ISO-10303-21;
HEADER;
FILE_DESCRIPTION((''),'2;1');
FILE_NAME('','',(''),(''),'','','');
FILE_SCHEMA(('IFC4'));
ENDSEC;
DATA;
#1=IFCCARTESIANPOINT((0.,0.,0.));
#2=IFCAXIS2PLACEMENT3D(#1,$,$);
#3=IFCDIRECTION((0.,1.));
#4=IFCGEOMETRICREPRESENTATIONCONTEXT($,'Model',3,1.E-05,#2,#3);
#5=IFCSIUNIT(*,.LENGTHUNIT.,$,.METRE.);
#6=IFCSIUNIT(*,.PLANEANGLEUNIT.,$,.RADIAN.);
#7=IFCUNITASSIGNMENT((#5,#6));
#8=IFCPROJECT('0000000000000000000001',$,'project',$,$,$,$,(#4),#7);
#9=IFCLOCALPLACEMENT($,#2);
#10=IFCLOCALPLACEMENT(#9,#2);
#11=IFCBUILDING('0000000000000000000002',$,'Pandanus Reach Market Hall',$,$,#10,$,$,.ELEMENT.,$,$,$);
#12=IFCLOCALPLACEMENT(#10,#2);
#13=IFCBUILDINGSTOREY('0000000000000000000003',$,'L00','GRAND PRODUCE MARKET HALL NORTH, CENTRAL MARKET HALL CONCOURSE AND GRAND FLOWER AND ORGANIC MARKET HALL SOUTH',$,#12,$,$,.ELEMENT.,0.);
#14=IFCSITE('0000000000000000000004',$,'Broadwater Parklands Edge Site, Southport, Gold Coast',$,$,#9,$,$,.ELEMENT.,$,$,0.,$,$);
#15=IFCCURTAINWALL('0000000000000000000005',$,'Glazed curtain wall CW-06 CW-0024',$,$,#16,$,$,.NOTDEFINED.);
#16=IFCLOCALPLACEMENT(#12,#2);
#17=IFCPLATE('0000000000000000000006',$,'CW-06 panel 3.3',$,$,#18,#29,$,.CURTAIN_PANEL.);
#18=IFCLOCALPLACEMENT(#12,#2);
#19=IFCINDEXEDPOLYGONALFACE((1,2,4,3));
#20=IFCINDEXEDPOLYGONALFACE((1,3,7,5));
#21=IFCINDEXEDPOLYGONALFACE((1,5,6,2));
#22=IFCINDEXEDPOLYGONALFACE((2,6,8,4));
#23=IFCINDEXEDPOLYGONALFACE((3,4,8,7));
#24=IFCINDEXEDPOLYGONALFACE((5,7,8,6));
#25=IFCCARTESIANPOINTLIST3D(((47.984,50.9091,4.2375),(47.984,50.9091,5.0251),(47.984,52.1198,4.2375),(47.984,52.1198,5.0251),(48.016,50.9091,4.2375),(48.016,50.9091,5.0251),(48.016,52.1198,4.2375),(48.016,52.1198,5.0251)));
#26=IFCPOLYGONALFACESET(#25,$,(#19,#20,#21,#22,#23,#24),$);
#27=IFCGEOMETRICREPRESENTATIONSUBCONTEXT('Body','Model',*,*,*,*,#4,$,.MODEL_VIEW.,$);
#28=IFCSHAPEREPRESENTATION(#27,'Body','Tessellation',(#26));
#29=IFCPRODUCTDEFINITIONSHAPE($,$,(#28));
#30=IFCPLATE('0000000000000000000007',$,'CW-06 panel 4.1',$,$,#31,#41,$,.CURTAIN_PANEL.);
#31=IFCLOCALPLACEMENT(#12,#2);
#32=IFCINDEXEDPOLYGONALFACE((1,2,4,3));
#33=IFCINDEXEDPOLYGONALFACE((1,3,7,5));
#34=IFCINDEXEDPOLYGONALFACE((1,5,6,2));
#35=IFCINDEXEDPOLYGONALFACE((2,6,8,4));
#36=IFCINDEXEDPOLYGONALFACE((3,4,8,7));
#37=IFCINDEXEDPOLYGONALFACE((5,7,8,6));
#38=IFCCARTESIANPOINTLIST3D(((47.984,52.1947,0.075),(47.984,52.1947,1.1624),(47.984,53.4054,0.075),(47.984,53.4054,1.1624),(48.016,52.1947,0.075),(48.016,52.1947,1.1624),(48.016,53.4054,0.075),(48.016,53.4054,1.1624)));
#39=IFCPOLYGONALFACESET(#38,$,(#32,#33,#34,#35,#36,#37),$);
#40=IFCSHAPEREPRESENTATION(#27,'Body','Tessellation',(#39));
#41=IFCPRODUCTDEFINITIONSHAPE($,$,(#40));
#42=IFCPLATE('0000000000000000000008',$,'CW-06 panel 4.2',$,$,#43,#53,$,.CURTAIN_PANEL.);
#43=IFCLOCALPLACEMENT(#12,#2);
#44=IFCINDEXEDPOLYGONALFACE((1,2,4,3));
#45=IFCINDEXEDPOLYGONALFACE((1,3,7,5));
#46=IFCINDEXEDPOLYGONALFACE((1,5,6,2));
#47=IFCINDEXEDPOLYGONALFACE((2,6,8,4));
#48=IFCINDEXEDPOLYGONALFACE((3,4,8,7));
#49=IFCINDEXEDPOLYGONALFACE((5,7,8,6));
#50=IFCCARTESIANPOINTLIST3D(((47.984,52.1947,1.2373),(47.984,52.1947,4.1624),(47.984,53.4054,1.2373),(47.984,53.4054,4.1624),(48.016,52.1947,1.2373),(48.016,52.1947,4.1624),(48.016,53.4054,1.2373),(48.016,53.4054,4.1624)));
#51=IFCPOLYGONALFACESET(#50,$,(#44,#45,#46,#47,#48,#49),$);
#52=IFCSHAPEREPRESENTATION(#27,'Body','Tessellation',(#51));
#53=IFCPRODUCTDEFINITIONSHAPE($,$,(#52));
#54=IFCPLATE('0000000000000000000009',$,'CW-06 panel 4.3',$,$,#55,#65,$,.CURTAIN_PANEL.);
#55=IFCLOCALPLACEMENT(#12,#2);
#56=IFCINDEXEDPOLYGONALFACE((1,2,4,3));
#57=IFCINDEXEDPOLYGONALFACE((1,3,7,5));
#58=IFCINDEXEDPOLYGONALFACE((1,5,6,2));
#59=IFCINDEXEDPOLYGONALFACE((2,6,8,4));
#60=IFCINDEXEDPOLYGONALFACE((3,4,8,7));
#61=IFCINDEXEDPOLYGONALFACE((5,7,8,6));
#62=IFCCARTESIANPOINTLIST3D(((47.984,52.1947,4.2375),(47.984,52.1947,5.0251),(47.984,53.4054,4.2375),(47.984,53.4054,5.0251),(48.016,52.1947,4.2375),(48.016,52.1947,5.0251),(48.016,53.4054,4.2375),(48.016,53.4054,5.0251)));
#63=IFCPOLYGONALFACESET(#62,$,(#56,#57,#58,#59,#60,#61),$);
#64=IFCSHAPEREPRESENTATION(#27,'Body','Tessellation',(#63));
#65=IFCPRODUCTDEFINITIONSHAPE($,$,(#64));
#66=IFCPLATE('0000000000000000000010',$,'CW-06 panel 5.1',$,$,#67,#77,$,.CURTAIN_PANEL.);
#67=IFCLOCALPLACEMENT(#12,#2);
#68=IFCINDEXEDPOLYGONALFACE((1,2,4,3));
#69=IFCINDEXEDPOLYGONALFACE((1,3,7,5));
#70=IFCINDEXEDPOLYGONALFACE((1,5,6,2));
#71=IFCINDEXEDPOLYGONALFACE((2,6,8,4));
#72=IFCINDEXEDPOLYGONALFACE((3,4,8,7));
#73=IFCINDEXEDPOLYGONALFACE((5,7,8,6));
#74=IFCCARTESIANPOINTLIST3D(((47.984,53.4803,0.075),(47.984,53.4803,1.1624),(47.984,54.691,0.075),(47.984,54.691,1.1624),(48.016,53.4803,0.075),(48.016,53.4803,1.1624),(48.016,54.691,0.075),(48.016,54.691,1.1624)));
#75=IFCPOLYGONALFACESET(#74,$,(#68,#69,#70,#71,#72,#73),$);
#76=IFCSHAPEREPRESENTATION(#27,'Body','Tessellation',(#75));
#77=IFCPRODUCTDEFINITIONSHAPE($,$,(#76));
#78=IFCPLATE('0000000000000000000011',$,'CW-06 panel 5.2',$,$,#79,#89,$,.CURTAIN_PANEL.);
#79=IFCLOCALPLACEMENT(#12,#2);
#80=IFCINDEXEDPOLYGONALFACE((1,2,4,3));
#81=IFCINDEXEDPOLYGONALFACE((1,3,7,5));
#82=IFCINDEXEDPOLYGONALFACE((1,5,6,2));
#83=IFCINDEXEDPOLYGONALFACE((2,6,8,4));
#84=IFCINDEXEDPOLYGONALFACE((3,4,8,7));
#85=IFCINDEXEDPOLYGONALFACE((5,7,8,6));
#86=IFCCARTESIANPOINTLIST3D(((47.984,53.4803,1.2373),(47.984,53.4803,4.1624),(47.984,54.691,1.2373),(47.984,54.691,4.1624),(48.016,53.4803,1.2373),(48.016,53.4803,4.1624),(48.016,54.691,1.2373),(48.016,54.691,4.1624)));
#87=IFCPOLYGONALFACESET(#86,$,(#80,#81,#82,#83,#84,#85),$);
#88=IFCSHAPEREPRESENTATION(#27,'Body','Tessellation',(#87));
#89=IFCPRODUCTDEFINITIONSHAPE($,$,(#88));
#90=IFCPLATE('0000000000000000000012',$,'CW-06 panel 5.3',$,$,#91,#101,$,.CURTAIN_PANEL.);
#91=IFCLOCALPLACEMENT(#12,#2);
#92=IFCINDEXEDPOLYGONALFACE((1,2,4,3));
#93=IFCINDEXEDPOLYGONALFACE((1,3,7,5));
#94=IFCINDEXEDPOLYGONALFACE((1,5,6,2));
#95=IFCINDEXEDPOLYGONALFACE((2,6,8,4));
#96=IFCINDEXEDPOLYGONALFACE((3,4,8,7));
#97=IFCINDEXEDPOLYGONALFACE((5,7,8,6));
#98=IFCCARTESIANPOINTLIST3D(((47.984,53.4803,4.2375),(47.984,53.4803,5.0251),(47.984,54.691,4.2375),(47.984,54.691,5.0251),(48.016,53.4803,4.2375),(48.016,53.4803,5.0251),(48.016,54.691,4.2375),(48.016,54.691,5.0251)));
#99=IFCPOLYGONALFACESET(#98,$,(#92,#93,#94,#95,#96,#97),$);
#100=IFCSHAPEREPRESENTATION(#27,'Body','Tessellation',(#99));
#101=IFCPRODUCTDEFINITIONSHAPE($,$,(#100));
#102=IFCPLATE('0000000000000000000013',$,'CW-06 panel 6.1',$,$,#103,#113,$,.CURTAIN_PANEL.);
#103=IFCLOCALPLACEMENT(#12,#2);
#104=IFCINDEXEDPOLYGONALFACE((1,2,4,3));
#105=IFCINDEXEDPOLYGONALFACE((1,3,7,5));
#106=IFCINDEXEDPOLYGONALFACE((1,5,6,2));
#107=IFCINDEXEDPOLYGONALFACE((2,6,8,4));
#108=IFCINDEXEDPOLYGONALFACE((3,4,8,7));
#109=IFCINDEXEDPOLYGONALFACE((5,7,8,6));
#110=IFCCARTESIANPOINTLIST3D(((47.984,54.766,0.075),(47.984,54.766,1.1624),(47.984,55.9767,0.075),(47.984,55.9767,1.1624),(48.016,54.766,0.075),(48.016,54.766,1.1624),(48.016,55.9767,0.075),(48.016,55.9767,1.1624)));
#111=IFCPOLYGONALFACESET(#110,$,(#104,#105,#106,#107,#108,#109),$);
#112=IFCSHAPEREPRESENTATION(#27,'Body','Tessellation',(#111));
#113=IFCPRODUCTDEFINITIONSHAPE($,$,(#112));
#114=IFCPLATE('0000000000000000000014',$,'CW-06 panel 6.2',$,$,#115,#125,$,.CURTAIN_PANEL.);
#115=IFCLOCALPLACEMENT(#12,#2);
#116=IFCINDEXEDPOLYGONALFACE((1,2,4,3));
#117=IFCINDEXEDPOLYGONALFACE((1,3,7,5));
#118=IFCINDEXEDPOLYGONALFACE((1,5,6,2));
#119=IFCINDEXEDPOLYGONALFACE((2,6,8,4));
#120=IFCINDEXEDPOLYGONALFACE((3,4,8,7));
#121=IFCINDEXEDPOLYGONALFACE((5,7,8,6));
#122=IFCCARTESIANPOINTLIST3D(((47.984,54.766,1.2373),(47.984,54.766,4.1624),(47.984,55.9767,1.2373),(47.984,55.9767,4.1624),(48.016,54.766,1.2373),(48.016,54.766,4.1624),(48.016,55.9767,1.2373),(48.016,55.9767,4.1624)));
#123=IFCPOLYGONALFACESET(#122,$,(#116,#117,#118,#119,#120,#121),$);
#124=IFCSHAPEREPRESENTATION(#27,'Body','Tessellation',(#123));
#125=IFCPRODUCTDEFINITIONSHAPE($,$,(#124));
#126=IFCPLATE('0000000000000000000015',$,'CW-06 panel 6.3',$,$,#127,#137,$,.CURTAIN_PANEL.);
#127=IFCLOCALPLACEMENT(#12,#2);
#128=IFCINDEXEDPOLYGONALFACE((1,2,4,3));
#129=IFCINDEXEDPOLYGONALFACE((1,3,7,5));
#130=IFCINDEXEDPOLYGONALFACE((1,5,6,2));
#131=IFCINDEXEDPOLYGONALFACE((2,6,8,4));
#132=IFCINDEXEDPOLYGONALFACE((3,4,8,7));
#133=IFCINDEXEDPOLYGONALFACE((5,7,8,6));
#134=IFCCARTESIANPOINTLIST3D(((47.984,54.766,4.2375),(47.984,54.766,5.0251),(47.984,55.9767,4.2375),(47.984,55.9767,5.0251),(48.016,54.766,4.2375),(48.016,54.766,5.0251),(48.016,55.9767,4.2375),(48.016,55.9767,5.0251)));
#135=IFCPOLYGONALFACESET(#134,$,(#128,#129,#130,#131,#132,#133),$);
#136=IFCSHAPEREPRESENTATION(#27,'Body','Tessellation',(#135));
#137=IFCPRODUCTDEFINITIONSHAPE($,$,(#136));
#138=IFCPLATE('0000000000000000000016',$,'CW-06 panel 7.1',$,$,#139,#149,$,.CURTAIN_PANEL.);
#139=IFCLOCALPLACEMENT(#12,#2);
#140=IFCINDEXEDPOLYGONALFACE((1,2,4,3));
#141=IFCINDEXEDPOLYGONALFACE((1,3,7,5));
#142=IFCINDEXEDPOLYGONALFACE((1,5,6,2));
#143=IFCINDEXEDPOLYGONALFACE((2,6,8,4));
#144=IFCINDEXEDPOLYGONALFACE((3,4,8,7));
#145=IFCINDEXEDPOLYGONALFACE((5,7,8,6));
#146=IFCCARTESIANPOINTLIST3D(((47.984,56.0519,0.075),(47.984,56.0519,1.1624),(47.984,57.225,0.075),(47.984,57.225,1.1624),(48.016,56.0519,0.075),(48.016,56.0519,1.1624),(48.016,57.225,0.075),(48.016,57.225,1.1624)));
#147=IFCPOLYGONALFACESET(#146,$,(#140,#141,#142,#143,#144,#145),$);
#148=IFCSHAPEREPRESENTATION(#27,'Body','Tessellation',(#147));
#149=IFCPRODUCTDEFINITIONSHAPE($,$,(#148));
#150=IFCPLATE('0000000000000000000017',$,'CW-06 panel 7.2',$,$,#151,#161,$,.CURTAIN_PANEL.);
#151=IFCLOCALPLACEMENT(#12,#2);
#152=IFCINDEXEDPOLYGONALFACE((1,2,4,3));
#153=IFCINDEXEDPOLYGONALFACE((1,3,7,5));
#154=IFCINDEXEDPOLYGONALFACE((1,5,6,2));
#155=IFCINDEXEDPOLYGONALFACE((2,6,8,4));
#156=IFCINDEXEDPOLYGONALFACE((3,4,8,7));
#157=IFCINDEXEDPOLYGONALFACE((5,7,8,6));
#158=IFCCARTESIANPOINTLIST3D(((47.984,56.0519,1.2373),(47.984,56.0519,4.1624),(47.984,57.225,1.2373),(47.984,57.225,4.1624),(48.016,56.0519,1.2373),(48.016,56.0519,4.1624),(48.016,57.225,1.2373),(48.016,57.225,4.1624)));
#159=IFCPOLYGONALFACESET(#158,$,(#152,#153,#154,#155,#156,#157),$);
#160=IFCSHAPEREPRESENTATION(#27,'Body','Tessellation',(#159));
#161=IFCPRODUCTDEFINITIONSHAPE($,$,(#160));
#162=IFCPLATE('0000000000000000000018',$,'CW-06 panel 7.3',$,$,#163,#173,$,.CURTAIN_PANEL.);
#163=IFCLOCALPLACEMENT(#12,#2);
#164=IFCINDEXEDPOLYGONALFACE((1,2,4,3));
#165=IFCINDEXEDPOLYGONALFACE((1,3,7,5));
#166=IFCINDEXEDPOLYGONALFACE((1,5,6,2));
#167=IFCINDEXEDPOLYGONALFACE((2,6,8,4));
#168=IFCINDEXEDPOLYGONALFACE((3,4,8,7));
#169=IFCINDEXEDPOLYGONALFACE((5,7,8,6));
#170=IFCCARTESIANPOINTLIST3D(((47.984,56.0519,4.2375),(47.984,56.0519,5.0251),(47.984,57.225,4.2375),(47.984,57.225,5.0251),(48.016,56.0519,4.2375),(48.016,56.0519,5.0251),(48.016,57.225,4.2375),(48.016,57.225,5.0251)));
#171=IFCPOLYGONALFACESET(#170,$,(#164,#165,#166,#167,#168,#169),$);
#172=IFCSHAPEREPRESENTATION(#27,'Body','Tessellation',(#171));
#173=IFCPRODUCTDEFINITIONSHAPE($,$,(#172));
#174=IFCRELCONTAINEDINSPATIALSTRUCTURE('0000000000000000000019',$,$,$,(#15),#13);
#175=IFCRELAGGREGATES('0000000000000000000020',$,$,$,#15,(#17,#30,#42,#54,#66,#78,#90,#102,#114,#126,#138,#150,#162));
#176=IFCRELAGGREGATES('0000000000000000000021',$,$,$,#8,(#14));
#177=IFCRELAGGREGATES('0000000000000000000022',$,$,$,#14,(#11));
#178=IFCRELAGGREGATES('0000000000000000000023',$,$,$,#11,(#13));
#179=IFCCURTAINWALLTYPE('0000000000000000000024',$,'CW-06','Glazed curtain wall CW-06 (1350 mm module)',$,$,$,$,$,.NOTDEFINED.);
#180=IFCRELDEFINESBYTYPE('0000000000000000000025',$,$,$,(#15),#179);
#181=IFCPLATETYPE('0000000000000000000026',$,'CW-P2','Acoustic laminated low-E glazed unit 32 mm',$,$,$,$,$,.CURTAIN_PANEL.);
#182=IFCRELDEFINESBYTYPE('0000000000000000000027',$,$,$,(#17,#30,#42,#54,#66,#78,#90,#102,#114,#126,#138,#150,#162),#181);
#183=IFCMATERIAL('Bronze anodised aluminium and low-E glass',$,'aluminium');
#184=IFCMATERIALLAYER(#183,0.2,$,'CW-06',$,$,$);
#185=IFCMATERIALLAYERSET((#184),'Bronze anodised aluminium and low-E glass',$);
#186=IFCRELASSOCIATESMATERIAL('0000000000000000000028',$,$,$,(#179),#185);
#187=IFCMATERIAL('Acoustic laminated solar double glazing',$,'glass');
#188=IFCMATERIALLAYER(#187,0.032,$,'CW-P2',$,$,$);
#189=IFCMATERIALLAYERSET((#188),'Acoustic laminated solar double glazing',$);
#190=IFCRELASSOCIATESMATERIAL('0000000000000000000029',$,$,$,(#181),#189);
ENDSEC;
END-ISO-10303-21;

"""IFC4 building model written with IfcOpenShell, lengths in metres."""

from ifc_helpers import new_model, si_unit, direction, frame, origin, origin_2d, place, context, subcontext, project, spatial, rectangle, extrude, material, layer, layer_set, type_object, element, aggregate, save


model = new_model("IFC4")

# Units and contexts
model_context = context("Model", 3, precision=1e-05, world=origin(), true_north=direction((0.0, 1.0)))
body_context = subcontext(model_context, "Body", "Model", "MODEL_VIEW")
ifc_project = project(units=[si_unit("LENGTHUNIT", "METRE"), si_unit("PLANEANGLEUNIT", "RADIAN")], contexts=[model_context])

# Site, building, storey
site_placement = place(None, origin())
site = spatial("IfcSite", under=ifc_project, at=site_placement, Name="Broadwater Parklands Edge Site, Southport, Gold Coast", CompositionType="ELEMENT", RefElevation=0.0)
building_placement = place(site_placement, origin())
building = spatial("IfcBuilding", under=site, at=building_placement, Name="Pandanus Reach Market Hall", CompositionType="ELEMENT")
storey_placement = place(building_placement, origin())
storey = spatial("IfcBuildingStorey", under=building, at=storey_placement, Name="L00", Description="GRAND PRODUCE MARKET HALL NORTH, CENTRAL MARKET HALL CONCOURSE AND GRAND FLOWER AND ORGANIC MARKET HALL SOUTH", CompositionType="ELEMENT", Elevation=0.0)

# Curtain wall, plates
ifc_material_1 = material(Name="Bronze anodised aluminium and low-E glass", Category="aluminium")
ifc_layer_1 = layer(ifc_material_1, 0.2, Name="CW-06")
ifc_layer_set_1 = layer_set([ifc_layer_1], Name="Bronze anodised aluminium and low-E glass")
curtain_wall_type = type_object("IfcCurtainWallType", Name="CW-06", Description="Glazed curtain wall CW-06 (1350 mm module)", PredefinedType="NOTDEFINED", material=ifc_layer_set_1)
curtain_wall_placement = place(storey_placement, origin())
curtain_wall = element("IfcCurtainWall", 1, at=curtain_wall_placement, inside=storey, type_object=curtain_wall_type, Name="Glazed curtain wall CW-06 CW-0024", PredefinedType="NOTDEFINED")
ifc_material_2 = material(Name="Acoustic laminated solar double glazing", Category="glass")
ifc_layer_2 = layer(ifc_material_2, 0.032, Name="CW-P2")
ifc_layer_set_2 = layer_set([ifc_layer_2], Name="Acoustic laminated solar double glazing")
plate_type = type_object("IfcPlateType", Name="CW-P2", Description="Acoustic laminated low-E glazed unit 32 mm", PredefinedType="CURTAIN_PANEL", material=ifc_layer_set_2)
plate_1_placement = place(storey_placement, frame((48.0, 51.5144, 4.2375), z_axis=(0.0, 0.0, 1.0), x_axis=(0.0, 1.0, 0.0)))
plate_1 = element("IfcPlate", 2, at=plate_1_placement, type_object=plate_type, Name="CW-06 panel 3.3", PredefinedType="CURTAIN_PANEL", context=body_context, shape_type="SweptSolid", body=[
    extrude(rectangle(XDim=1.2107, YDim=0.032, at=origin_2d()), origin(), (0.0, 0.0, 1.0), 0.7876),
])
plate_2_placement = place(storey_placement, frame((48.0, 52.8, 0.075), z_axis=(0.0, 0.0, 1.0), x_axis=(0.0, 1.0, 0.0)))
plate_2 = element("IfcPlate", 3, at=plate_2_placement, type_object=plate_type, Name="CW-06 panel 4.1", PredefinedType="CURTAIN_PANEL", context=body_context, shape_type="SweptSolid", body=[
    extrude(rectangle(XDim=1.2107, YDim=0.032, at=origin_2d()), origin(), (0.0, 0.0, 1.0), 1.0874),
])
plate_3_placement = place(storey_placement, frame((48.0, 52.8, 1.2373), z_axis=(0.0, 0.0, 1.0), x_axis=(0.0, 1.0, 0.0)))
plate_3 = element("IfcPlate", 4, at=plate_3_placement, type_object=plate_type, Name="CW-06 panel 4.2", PredefinedType="CURTAIN_PANEL", context=body_context, shape_type="SweptSolid", body=[
    extrude(rectangle(XDim=1.2107, YDim=0.032, at=origin_2d()), origin(), (0.0, 0.0, 1.0), 2.925),
])
plate_4_placement = place(storey_placement, frame((48.0, 52.8, 4.2375), z_axis=(0.0, 0.0, 1.0), x_axis=(0.0, 1.0, 0.0)))
plate_4 = element("IfcPlate", 5, at=plate_4_placement, type_object=plate_type, Name="CW-06 panel 4.3", PredefinedType="CURTAIN_PANEL", context=body_context, shape_type="SweptSolid", body=[
    extrude(rectangle(XDim=1.2107, YDim=0.032, at=origin_2d()), origin(), (0.0, 0.0, 1.0), 0.7876),
])
plate_5_placement = place(storey_placement, frame((48.0, 54.0857, 0.075), z_axis=(0.0, 0.0, 1.0), x_axis=(0.0, 1.0, 0.0)))
plate_5 = element("IfcPlate", 6, at=plate_5_placement, type_object=plate_type, Name="CW-06 panel 5.1", PredefinedType="CURTAIN_PANEL", context=body_context, shape_type="SweptSolid", body=[
    extrude(rectangle(XDim=1.2107, YDim=0.032, at=origin_2d()), origin(), (0.0, 0.0, 1.0), 1.0874),
])
plate_6_placement = place(storey_placement, frame((48.0, 54.0857, 1.2373), z_axis=(0.0, 0.0, 1.0), x_axis=(0.0, 1.0, 0.0)))
plate_6 = element("IfcPlate", 7, at=plate_6_placement, type_object=plate_type, Name="CW-06 panel 5.2", PredefinedType="CURTAIN_PANEL", context=body_context, shape_type="SweptSolid", body=[
    extrude(rectangle(XDim=1.2107, YDim=0.032, at=origin_2d()), origin(), (0.0, 0.0, 1.0), 2.925),
])
plate_7_placement = place(storey_placement, frame((48.0, 54.0857, 4.2375), z_axis=(0.0, 0.0, 1.0), x_axis=(0.0, 1.0, 0.0)))
plate_7 = element("IfcPlate", 8, at=plate_7_placement, type_object=plate_type, Name="CW-06 panel 5.3", PredefinedType="CURTAIN_PANEL", context=body_context, shape_type="SweptSolid", body=[
    extrude(rectangle(XDim=1.2107, YDim=0.032, at=origin_2d()), origin(), (0.0, 0.0, 1.0), 0.7876),
])
plate_8_placement = place(storey_placement, frame((48.0, 55.3713, 0.075), z_axis=(0.0, 0.0, 1.0), x_axis=(0.0, 1.0, 0.0)))
plate_8 = element("IfcPlate", 9, at=plate_8_placement, type_object=plate_type, Name="CW-06 panel 6.1", PredefinedType="CURTAIN_PANEL", context=body_context, shape_type="SweptSolid", body=[
    extrude(rectangle(XDim=1.2107, YDim=0.032, at=origin_2d()), origin(), (0.0, 0.0, 1.0), 1.0874),
])
plate_9_placement = place(storey_placement, frame((48.0, 55.3713, 1.2373), z_axis=(0.0, 0.0, 1.0), x_axis=(0.0, 1.0, 0.0)))
plate_9 = element("IfcPlate", 10, at=plate_9_placement, type_object=plate_type, Name="CW-06 panel 6.2", PredefinedType="CURTAIN_PANEL", context=body_context, shape_type="SweptSolid", body=[
    extrude(rectangle(XDim=1.2107, YDim=0.032, at=origin_2d()), origin(), (0.0, 0.0, 1.0), 2.925),
])
plate_10_placement = place(storey_placement, frame((48.0, 55.3713, 4.2375), z_axis=(0.0, 0.0, 1.0), x_axis=(0.0, 1.0, 0.0)))
plate_10 = element("IfcPlate", 11, at=plate_10_placement, type_object=plate_type, Name="CW-06 panel 6.3", PredefinedType="CURTAIN_PANEL", context=body_context, shape_type="SweptSolid", body=[
    extrude(rectangle(XDim=1.2107, YDim=0.032, at=origin_2d()), origin(), (0.0, 0.0, 1.0), 0.7876),
])
plate_11_placement = place(storey_placement, frame((48.0, 56.6384, 0.075), z_axis=(0.0, 0.0, 1.0), x_axis=(0.0, 1.0, 0.0)))
plate_11 = element("IfcPlate", 12, at=plate_11_placement, type_object=plate_type, Name="CW-06 panel 7.1", PredefinedType="CURTAIN_PANEL", context=body_context, shape_type="SweptSolid", body=[
    extrude(rectangle(XDim=1.1731, YDim=0.032, at=origin_2d()), origin(), (0.0, 0.0, 1.0), 1.0874),
])
plate_12_placement = place(storey_placement, frame((48.0, 56.6384, 1.2373), z_axis=(0.0, 0.0, 1.0), x_axis=(0.0, 1.0, 0.0)))
plate_12 = element("IfcPlate", 13, at=plate_12_placement, type_object=plate_type, Name="CW-06 panel 7.2", PredefinedType="CURTAIN_PANEL", context=body_context, shape_type="SweptSolid", body=[
    extrude(rectangle(XDim=1.1731, YDim=0.032, at=origin_2d()), origin(), (0.0, 0.0, 1.0), 2.925),
])
plate_13_placement = place(storey_placement, frame((48.0, 56.6384, 4.2375), z_axis=(0.0, 0.0, 1.0), x_axis=(0.0, 1.0, 0.0)))
plate_13 = element("IfcPlate", 14, at=plate_13_placement, type_object=plate_type, Name="CW-06 panel 7.3", PredefinedType="CURTAIN_PANEL", context=body_context, shape_type="SweptSolid", body=[
    extrude(rectangle(XDim=1.1731, YDim=0.032, at=origin_2d()), origin(), (0.0, 0.0, 1.0), 0.7876),
])
aggregate(curtain_wall, [plate_1, plate_2, plate_3, plate_4, plate_5, plate_6, plate_7, plate_8, plate_9, plate_10, plate_11, plate_12, plate_13])

save(model, "model.ifc")
